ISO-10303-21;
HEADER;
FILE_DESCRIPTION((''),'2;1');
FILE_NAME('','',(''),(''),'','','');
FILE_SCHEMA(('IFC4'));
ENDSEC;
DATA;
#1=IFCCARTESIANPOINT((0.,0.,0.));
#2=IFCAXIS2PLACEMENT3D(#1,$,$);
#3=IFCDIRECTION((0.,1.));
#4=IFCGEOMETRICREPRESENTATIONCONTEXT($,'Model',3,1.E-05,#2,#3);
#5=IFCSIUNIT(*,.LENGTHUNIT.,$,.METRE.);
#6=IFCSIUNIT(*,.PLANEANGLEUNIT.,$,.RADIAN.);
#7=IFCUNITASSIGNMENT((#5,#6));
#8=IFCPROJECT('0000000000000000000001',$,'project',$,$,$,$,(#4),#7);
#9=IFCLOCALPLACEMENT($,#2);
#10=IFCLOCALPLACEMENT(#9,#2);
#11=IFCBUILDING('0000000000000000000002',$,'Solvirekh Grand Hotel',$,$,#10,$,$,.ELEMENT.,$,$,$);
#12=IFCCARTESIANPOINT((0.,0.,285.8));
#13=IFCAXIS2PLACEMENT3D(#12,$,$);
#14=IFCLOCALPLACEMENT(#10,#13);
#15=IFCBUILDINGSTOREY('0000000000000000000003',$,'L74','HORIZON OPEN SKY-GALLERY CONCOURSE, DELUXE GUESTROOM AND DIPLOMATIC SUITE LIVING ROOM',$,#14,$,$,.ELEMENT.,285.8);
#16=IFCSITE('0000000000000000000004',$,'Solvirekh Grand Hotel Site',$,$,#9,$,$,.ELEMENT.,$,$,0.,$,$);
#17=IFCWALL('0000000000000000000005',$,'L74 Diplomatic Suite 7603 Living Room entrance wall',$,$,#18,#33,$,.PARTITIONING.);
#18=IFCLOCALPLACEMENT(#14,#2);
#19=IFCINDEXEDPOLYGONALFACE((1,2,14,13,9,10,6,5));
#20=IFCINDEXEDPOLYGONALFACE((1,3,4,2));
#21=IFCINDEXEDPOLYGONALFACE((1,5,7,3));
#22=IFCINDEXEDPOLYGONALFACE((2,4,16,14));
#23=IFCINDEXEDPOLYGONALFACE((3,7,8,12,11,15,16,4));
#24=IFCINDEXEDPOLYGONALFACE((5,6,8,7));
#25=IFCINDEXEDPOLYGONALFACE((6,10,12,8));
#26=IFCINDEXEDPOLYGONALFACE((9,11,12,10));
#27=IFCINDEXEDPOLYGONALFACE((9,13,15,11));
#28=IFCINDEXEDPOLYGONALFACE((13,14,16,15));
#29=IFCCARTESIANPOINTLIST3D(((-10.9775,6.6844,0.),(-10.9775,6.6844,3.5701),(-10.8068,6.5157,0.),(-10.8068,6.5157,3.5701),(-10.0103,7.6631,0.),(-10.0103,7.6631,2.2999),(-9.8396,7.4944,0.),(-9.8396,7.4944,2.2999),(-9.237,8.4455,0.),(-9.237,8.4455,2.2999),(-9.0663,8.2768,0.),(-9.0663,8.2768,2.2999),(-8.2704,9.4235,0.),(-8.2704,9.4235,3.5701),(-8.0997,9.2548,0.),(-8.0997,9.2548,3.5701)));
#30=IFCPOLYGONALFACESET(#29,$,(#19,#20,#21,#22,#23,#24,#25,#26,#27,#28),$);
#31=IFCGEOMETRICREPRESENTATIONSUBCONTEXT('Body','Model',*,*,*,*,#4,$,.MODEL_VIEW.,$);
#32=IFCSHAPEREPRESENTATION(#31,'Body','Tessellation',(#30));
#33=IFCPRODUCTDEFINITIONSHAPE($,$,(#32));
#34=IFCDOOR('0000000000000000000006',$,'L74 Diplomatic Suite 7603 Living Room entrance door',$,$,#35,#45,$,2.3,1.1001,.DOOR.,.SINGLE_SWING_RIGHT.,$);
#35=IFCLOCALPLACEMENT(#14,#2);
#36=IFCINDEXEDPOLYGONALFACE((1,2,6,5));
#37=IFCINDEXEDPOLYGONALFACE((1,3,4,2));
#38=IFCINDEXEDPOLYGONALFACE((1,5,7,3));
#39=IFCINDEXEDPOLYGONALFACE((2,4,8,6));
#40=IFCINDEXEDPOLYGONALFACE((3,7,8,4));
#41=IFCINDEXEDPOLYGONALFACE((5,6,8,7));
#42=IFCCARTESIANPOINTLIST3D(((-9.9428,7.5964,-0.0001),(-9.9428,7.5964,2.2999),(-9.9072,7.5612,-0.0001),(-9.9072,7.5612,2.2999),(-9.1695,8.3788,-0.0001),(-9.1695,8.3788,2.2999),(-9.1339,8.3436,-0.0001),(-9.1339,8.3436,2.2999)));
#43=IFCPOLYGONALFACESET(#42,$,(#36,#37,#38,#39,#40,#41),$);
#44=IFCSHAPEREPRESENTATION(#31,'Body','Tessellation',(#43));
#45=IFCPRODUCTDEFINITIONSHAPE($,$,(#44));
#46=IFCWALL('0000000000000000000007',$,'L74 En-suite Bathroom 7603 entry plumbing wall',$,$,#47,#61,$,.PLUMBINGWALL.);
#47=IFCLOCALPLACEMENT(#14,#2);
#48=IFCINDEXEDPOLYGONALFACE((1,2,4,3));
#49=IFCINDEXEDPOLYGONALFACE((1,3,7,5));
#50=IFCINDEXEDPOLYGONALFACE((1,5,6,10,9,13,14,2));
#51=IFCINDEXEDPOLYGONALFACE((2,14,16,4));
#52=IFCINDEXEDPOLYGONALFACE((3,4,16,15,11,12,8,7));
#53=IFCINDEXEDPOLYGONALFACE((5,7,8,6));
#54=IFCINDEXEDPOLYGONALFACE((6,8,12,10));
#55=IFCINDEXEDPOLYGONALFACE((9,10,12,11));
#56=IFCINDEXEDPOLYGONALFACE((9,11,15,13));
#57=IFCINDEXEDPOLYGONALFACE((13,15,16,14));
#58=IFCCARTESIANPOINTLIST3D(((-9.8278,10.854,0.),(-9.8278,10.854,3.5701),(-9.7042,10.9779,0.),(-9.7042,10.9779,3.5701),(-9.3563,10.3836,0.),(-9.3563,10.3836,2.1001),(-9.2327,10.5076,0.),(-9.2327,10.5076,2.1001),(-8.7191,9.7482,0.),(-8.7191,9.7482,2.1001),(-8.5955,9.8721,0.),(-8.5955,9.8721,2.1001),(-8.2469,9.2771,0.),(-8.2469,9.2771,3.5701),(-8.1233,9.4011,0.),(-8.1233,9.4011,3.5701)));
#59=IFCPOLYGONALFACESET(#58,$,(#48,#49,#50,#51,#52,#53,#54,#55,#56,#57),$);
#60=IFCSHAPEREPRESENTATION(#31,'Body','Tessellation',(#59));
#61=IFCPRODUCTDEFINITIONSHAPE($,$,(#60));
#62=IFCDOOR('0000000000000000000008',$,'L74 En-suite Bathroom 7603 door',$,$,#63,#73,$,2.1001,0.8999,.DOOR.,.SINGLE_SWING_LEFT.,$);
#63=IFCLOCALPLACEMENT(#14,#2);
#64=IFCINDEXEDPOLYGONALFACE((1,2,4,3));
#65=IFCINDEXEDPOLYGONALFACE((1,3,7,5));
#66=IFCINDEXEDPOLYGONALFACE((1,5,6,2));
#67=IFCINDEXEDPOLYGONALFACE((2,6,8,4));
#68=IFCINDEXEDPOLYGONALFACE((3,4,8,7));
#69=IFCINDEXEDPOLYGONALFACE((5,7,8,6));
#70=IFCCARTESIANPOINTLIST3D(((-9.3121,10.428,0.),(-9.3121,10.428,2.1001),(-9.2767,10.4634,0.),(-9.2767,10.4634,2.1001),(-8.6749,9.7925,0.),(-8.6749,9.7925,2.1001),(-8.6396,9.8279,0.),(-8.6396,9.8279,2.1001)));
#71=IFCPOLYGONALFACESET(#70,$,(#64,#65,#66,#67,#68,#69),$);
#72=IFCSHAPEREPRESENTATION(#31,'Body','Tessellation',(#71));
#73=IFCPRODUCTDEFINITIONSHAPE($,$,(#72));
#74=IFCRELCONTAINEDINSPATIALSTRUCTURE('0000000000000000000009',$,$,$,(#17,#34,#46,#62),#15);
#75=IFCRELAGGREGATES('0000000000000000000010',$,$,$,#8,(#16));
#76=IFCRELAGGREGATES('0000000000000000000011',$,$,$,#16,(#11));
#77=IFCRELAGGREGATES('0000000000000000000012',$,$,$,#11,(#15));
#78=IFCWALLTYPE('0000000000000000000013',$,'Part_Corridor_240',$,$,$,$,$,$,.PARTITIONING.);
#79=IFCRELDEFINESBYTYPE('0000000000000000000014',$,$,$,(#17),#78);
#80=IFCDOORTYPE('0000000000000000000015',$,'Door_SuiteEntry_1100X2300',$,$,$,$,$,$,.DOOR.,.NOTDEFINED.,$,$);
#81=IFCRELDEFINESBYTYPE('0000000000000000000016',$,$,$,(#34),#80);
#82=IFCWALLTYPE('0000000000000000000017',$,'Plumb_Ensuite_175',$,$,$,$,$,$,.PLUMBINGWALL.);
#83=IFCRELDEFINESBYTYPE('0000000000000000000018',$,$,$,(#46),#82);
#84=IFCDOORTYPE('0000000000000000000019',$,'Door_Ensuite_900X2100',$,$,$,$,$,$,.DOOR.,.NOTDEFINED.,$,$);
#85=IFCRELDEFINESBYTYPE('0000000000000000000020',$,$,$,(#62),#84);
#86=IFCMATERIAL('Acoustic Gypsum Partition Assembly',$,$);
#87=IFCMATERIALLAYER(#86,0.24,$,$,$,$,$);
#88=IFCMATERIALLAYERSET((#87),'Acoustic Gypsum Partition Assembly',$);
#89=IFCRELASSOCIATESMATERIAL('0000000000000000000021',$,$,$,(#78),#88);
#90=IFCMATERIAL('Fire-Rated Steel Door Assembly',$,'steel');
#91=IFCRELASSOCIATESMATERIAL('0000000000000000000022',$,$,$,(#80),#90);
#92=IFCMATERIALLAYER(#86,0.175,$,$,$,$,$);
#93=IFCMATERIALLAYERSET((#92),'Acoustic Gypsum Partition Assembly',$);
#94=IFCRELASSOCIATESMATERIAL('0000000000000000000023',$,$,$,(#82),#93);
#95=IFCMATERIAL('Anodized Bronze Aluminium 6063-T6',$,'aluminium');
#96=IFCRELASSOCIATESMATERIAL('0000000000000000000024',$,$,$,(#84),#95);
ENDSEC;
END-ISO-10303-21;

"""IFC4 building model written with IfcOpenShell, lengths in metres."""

from ifc_helpers import new_model, si_unit, direction, frame, frame_2d, origin, place, context, subcontext, project, spatial, rectangle, extrude, material, layer, layer_set, type_object, element, fill, save


model = new_model("IFC4")

# Units and contexts
model_context = context("Model", 3, precision=1e-05, world=origin(), true_north=direction((0.0, 1.0)))
body_context = subcontext(model_context, "Body", "Model", "MODEL_VIEW")
ifc_project = project(units=[si_unit("LENGTHUNIT", "METRE"), si_unit("PLANEANGLEUNIT", "RADIAN")], contexts=[model_context])

# Site, building, storey
site_placement = place(None, origin())
site = spatial("IfcSite", under=ifc_project, at=site_placement, Name="Solvirekh Grand Hotel Site", CompositionType="ELEMENT", RefElevation=0.0)
building_placement = place(site_placement, origin())
building = spatial("IfcBuilding", under=site, at=building_placement, Name="Solvirekh Grand Hotel", CompositionType="ELEMENT")
storey_placement = place(building_placement, frame((0.0, 0.0, 285.8)))
storey = spatial("IfcBuildingStorey", under=building, at=storey_placement, Name="L74", Description="HORIZON OPEN SKY-GALLERY CONCOURSE, DELUXE GUESTROOM AND DIPLOMATIC SUITE LIVING ROOM", CompositionType="ELEMENT", Elevation=285.8)

# Shared definitions
ifc_material_1 = material(Name="Anodized Bronze Aluminium 6063-T6", Category="aluminium")

# Walls, openings, doors
ifc_material_2 = material(Name="Acoustic Gypsum Partition Assembly")
ifc_layer_1 = layer(ifc_material_2, 0.24)
ifc_layer_set_1 = layer_set([ifc_layer_1], Name="Acoustic Gypsum Partition Assembly")
wall_type_1 = type_object("IfcWallType", Name="Part_Corridor_240", PredefinedType="PARTITIONING", material=ifc_layer_set_1)
wall_1_placement = place(storey_placement, frame((-8.1851, 9.3391, 0.0), z_axis=(0.0, 0.0, 1.0), x_axis=(-0.702942, -0.711247, 0.0)))
wall_1 = element("IfcWall", 1, at=wall_1_placement, inside=storey, type_object=wall_type_1, Name="L74 Diplomatic Suite 7603 Living Room entrance wall", PredefinedType="PARTITIONING", context=body_context, shape_type="SweptSolid", body=[
    extrude(rectangle(XDim=3.8511, YDim=0.24, at=frame_2d((1.9255, 0.0))), origin(), (0.0, 0.0, 1.0), 3.5701),
])
opening_1_placement = place(wall_1_placement, frame((1.375, 0.0, 0.0)))
opening_1 = element("IfcOpeningElement", 2, at=opening_1_placement, cuts=wall_1, PredefinedType="OPENING", context=body_context, shape_type="SweptSolid", body=[
    extrude(rectangle(XDim=1.1001, YDim=2.3, at=frame_2d((0.55, 1.1499))), frame((0.0, 0.1299, 0.0), z_axis=(0.0, -1.0, 0.0), x_axis=(1.0, 0.0, 0.0)), (0.0, 0.0, 1.0), 0.26),
])
ifc_material_3 = material(Name="Fire-Rated Steel Door Assembly", Category="steel")
door_type_1 = type_object("IfcDoorType", Name="Door_SuiteEntry_1100X2300", OperationType="NOTDEFINED", PredefinedType="DOOR", material=ifc_material_3)
door_1_placement = place(opening_1_placement, origin())
door_1 = element("IfcDoor", 3, at=door_1_placement, inside=storey, type_object=door_type_1, Name="L74 Diplomatic Suite 7603 Living Room entrance door", OperationType="SINGLE_SWING_RIGHT", OverallHeight=2.3, OverallWidth=1.1001, PredefinedType="DOOR", context=body_context, shape_type="SweptSolid", body=[
    extrude(rectangle(XDim=1.1001, YDim=2.3, at=frame_2d((0.55, 1.1499))), frame((0.0, 0.0249, 0.0), z_axis=(0.0, -1.0, 0.0), x_axis=(1.0, 0.0, 0.0)), (0.0, 0.0, 1.0), 0.05),
])
fill(opening_1, door_1)
ifc_layer_2 = layer(ifc_material_2, 0.175)
ifc_layer_set_2 = layer_set([ifc_layer_2], Name="Acoustic Gypsum Partition Assembly")
wall_type_2 = type_object("IfcWallType", Name="Plumb_Ensuite_175", PredefinedType="PLUMBINGWALL", material=ifc_layer_set_2)
wall_2_placement = place(storey_placement, frame((-8.1851, 9.3391, 0.0), z_axis=(0.0, 0.0, 1.0), x_axis=(-0.708035, 0.706177, 0.0)))
wall_2 = element("IfcWall", 4, at=wall_2_placement, inside=storey, type_object=wall_type_2, Name="L74 En-suite Bathroom 7603 entry plumbing wall", PredefinedType="PLUMBINGWALL", context=body_context, shape_type="SweptSolid", body=[
    extrude(rectangle(XDim=2.2329, YDim=0.175, at=frame_2d((1.1165, 0.0))), origin(), (0.0, 0.0, 1.0), 3.5701),
])
opening_2_placement = place(wall_2_placement, frame((0.667, 0.0, 0.0)))
opening_2 = element("IfcOpeningElement", 5, at=opening_2_placement, cuts=wall_2, PredefinedType="OPENING", context=body_context, shape_type="SweptSolid", body=[
    extrude(rectangle(XDim=0.8999, YDim=2.1001, at=frame_2d((0.45, 1.05))), frame((0.0, 0.0977, 0.0), z_axis=(0.0, -1.0, 0.0), x_axis=(1.0, 0.0, 0.0)), (0.0, 0.0, 1.0), 0.1951),
])
door_type_2 = type_object("IfcDoorType", Name="Door_Ensuite_900X2100", OperationType="NOTDEFINED", PredefinedType="DOOR", material=ifc_material_1)
door_2_placement = place(opening_2_placement, origin())
door_2 = element("IfcDoor", 6, at=door_2_placement, inside=storey, type_object=door_type_2, Name="L74 En-suite Bathroom 7603 door", OperationType="SINGLE_SWING_LEFT", OverallHeight=2.1001, OverallWidth=0.8999, PredefinedType="DOOR", context=body_context, shape_type="SweptSolid", body=[
    extrude(rectangle(XDim=0.8999, YDim=2.1001, at=frame_2d((0.45, 1.05))), frame((0.0, 0.0249, 0.0), z_axis=(0.0, -1.0, 0.0), x_axis=(1.0, 0.0, 0.0)), (0.0, 0.0, 1.0), 0.05),
])
fill(opening_2, door_2)

save(model, "model.ifc")
